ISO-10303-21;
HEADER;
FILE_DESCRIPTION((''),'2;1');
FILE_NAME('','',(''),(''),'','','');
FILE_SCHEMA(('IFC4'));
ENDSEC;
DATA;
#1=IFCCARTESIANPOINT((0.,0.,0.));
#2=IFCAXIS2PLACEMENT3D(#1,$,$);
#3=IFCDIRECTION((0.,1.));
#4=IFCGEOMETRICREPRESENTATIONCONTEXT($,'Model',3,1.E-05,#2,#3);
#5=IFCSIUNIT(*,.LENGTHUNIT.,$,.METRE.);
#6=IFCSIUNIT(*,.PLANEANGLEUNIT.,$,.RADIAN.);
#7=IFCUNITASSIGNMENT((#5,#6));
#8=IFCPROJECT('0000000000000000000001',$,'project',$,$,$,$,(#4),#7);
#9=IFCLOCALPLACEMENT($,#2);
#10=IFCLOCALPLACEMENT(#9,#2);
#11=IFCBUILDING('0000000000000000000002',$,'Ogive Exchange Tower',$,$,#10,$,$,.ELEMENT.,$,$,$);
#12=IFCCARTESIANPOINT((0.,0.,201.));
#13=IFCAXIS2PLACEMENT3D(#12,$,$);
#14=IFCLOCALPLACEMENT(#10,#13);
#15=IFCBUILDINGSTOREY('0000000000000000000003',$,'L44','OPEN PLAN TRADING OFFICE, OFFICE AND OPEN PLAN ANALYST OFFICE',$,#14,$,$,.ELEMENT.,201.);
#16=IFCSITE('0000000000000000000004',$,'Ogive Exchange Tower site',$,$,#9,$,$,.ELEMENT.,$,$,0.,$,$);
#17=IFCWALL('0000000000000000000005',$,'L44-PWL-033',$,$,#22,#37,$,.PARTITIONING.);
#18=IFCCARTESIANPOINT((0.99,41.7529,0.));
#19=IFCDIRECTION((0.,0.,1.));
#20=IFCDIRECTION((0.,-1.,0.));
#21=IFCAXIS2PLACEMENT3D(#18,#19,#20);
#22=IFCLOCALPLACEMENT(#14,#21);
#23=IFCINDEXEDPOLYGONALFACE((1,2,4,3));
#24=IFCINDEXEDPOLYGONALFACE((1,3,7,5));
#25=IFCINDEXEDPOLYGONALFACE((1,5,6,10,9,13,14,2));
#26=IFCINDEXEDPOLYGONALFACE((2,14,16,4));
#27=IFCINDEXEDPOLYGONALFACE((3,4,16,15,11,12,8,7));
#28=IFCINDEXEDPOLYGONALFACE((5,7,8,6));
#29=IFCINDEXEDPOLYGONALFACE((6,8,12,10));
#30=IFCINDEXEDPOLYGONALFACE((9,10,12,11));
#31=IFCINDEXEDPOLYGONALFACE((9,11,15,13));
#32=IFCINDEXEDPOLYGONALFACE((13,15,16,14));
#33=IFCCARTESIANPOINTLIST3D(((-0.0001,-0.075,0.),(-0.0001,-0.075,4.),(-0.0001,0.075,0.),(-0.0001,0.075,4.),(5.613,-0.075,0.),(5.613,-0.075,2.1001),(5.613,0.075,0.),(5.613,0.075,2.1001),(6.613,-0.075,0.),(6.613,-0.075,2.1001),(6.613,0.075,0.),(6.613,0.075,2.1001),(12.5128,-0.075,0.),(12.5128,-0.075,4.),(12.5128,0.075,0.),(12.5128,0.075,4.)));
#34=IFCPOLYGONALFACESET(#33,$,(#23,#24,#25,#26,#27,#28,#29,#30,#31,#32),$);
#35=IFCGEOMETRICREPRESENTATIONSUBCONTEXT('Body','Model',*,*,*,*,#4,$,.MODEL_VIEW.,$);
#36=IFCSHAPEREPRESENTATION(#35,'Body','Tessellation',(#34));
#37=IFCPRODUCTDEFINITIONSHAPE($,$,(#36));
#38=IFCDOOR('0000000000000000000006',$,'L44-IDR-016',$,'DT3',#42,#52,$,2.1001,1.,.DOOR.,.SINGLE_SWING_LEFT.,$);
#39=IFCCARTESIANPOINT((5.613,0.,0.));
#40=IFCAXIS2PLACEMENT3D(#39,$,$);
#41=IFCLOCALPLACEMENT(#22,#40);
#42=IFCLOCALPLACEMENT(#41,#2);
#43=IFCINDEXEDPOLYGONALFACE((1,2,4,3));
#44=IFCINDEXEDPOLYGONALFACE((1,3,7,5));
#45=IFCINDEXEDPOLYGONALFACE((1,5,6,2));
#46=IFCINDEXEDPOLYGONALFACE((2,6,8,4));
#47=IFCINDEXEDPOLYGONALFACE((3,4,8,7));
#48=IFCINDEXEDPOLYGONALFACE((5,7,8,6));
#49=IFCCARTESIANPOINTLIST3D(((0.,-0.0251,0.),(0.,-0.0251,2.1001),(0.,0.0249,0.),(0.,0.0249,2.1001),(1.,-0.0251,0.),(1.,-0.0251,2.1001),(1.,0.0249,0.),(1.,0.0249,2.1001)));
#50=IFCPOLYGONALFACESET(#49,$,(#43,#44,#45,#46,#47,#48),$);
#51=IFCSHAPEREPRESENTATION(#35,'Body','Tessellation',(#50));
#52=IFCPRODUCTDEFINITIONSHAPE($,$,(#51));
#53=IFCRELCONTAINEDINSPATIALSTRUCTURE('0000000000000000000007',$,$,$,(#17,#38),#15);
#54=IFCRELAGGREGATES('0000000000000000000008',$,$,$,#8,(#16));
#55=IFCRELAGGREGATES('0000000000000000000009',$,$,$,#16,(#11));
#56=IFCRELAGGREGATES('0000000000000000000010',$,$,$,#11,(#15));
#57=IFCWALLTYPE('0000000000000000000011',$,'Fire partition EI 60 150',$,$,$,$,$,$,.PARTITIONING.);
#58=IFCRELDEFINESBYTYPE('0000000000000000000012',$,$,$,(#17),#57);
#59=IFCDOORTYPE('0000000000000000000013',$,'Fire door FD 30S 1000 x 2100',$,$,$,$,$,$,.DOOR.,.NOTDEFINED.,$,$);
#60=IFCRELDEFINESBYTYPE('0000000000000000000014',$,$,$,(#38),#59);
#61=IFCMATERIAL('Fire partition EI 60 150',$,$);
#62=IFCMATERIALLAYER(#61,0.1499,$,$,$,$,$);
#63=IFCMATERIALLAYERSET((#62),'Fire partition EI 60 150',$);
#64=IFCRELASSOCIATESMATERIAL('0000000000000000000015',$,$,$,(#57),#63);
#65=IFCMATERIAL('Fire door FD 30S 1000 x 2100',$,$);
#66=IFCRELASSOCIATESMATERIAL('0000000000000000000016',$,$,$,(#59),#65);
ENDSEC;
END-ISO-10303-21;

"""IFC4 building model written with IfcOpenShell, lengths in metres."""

from ifc_helpers import new_model, si_unit, direction, frame, frame_2d, origin, place, context, subcontext, project, spatial, rectangle, extrude, material, layer, layer_set, type_object, element, fill, save


model = new_model("IFC4")

# Units and contexts
model_context = context("Model", 3, precision=1e-05, world=origin(), true_north=direction((0.0, 1.0)))
body_context = subcontext(model_context, "Body", "Model", "MODEL_VIEW")
ifc_project = project(units=[si_unit("LENGTHUNIT", "METRE"), si_unit("PLANEANGLEUNIT", "RADIAN")], contexts=[model_context])

# Site, building, storey
site_placement = place(None, origin())
site = spatial("IfcSite", under=ifc_project, at=site_placement, Name="Ogive Exchange Tower site", CompositionType="ELEMENT", RefElevation=0.0)
building_placement = place(site_placement, origin())
building = spatial("IfcBuilding", under=site, at=building_placement, Name="Ogive Exchange Tower", CompositionType="ELEMENT")
storey_placement = place(building_placement, frame((0.0, 0.0, 201.0)))
storey = spatial("IfcBuildingStorey", under=building, at=storey_placement, Name="L44", Description="OPEN PLAN TRADING OFFICE, OFFICE AND OPEN PLAN ANALYST OFFICE", CompositionType="ELEMENT", Elevation=201.0)

# Wall, opening, door
ifc_material_1 = material(Name="Fire partition EI 60 150")
ifc_layer_1 = layer(ifc_material_1, 0.1499)
ifc_layer_set_1 = layer_set([ifc_layer_1], Name="Fire partition EI 60 150")
wall_type_1 = type_object("IfcWallType", Name="Fire partition EI 60 150", PredefinedType="PARTITIONING", material=ifc_layer_set_1)
ifc_material_2 = material(Name="Fire door FD 30S 1000 x 2100")
door_type_1 = type_object("IfcDoorType", Name="Fire door FD 30S 1000 x 2100", OperationType="NOTDEFINED", PredefinedType="DOOR", material=ifc_material_2)
wall_1_placement = place(storey_placement, frame((0.99, 41.7529, 0.0), z_axis=(0.0, 0.0, 1.0), x_axis=(0.0, -1.0, 0.0)))
wall_1 = element("IfcWall", 1, at=wall_1_placement, inside=storey, type_object=wall_type_1, Name="L44-PWL-033", PredefinedType="PARTITIONING", context=body_context, shape_type="SweptSolid", body=[
    extrude(rectangle(XDim=12.5129, YDim=0.1499, at=frame_2d((6.2563, 0.0))), origin(), (0.0, 0.0, 1.0), 4.0),
])
opening_1_placement = place(wall_1_placement, frame((5.613, 0.0, 0.0)))
opening_1 = element("IfcOpeningElement", 2, at=opening_1_placement, cuts=wall_1, PredefinedType="OPENING", context=body_context, shape_type="SweptSolid", body=[
    extrude(rectangle(XDim=1.0, YDim=2.1001, at=frame_2d((0.5, 1.05))), frame((0.0, 0.085, 0.0), z_axis=(0.0, -1.0, 0.0), x_axis=(1.0, 0.0, 0.0)), (0.0, 0.0, 1.0), 0.1699),
])
door_1_placement = place(opening_1_placement, origin())
door_1 = element("IfcDoor", 3, at=door_1_placement, inside=storey, type_object=door_type_1, Name="L44-IDR-016", ObjectType="DT3", OperationType="SINGLE_SWING_LEFT", OverallHeight=2.1001, OverallWidth=1.0, PredefinedType="DOOR", context=body_context, shape_type="SweptSolid", body=[
    extrude(rectangle(XDim=1.0, YDim=2.1001, at=frame_2d((0.5, 1.05))), frame((0.0, 0.0249, 0.0), z_axis=(0.0, -1.0, 0.0), x_axis=(1.0, 0.0, 0.0)), (0.0, 0.0, 1.0), 0.05),
])
fill(opening_1, door_1)

save(model, "model.ifc")
